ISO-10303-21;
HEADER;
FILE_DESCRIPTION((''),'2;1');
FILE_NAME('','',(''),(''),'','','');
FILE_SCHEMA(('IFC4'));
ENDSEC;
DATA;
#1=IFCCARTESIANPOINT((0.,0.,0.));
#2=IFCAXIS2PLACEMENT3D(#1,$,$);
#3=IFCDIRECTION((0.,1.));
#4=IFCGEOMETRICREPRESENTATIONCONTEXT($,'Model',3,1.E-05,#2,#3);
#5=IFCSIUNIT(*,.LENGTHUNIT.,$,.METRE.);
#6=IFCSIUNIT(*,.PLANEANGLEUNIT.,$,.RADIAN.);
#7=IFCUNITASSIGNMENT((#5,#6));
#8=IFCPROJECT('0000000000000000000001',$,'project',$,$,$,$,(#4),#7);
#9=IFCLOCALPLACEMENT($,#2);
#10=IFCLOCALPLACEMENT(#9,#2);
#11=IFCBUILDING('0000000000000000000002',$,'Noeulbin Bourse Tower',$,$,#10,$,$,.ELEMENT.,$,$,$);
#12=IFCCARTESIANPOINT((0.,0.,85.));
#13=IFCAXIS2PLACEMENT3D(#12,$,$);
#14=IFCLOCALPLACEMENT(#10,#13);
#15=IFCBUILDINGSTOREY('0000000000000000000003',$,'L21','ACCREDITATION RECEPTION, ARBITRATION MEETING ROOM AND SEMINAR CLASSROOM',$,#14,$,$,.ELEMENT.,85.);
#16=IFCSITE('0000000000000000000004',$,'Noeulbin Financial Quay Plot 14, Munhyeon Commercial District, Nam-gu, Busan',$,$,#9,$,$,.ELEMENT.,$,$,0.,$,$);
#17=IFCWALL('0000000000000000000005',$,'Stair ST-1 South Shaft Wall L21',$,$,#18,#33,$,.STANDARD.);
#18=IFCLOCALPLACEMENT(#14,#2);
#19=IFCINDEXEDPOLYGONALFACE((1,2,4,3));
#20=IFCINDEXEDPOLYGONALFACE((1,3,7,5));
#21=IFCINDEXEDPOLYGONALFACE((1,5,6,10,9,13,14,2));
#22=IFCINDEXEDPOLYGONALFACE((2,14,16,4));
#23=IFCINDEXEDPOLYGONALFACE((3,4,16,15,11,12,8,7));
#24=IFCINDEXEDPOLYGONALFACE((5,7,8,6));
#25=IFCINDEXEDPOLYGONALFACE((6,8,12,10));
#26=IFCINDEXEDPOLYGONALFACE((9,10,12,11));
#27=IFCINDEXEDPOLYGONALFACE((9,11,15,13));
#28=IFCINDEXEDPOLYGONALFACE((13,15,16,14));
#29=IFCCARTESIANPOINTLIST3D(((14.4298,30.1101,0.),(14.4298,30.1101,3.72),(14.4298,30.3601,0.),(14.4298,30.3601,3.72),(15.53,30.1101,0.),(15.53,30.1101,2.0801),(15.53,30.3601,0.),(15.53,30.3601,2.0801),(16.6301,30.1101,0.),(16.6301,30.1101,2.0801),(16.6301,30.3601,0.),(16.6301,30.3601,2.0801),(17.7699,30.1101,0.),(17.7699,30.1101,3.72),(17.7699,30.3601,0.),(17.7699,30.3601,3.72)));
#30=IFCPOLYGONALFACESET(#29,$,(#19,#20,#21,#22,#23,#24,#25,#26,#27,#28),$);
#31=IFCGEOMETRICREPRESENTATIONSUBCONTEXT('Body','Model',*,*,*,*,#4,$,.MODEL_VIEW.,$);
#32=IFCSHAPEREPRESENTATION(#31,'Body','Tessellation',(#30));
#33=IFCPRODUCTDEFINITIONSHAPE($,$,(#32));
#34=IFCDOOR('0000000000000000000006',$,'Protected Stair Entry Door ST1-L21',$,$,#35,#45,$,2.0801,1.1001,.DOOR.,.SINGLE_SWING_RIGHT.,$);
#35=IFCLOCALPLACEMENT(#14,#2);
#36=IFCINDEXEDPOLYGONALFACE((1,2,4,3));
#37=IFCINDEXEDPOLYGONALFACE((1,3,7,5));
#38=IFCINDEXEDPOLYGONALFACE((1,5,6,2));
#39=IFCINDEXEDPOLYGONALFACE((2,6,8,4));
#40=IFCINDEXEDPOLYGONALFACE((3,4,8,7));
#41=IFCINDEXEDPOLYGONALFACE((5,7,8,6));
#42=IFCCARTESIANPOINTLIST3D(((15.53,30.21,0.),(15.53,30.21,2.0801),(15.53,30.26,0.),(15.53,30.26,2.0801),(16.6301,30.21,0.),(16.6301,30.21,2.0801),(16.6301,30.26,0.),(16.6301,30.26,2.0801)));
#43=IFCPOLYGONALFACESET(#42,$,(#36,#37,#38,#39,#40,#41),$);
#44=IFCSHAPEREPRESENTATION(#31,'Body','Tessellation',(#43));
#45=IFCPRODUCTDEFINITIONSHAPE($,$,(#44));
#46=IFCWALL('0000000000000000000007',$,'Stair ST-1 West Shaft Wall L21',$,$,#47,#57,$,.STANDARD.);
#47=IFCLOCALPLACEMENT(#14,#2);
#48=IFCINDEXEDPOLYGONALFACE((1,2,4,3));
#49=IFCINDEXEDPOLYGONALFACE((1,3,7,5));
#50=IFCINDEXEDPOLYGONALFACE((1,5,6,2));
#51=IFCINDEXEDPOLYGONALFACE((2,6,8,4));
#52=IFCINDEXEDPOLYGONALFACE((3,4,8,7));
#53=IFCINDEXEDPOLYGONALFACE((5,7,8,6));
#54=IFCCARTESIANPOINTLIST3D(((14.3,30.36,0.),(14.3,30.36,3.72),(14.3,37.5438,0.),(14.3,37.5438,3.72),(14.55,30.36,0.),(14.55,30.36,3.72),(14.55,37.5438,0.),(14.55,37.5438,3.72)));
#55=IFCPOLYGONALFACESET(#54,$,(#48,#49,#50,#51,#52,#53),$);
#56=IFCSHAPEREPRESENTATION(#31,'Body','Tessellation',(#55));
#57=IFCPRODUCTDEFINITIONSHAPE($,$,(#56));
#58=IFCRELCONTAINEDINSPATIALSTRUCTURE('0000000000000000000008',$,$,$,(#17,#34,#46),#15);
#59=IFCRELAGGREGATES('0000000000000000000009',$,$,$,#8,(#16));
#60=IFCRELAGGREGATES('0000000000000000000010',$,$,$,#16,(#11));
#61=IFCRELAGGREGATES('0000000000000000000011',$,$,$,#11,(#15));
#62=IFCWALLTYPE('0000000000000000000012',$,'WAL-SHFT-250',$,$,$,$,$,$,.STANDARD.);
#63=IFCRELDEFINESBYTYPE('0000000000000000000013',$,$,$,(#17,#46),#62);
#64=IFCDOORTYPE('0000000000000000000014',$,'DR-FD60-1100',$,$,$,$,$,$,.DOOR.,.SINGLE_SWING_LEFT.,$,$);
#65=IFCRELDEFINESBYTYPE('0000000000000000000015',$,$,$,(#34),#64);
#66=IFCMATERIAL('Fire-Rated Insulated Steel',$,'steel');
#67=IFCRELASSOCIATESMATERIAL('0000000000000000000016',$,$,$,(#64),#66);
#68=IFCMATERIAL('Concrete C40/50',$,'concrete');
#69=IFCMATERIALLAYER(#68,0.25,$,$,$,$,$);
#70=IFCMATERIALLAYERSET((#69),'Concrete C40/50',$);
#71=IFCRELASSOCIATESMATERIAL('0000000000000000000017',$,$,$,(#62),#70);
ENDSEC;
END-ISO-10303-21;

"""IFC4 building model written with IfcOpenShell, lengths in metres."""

from ifc_helpers import new_model, si_unit, direction, frame, frame_2d, origin, place, context, subcontext, project, spatial, rectangle, extrude, material, layer, layer_set, type_object, element, fill, save


model = new_model("IFC4")

# Units and contexts
model_context = context("Model", 3, precision=1e-05, world=origin(), true_north=direction((0.0, 1.0)))
body_context = subcontext(model_context, "Body", "Model", "MODEL_VIEW")
ifc_project = project(units=[si_unit("LENGTHUNIT", "METRE"), si_unit("PLANEANGLEUNIT", "RADIAN")], contexts=[model_context])

# Site, building, storey
site_placement = place(None, origin())
site = spatial("IfcSite", under=ifc_project, at=site_placement, Name="Noeulbin Financial Quay Plot 14, Munhyeon Commercial District, Nam-gu, Busan", CompositionType="ELEMENT", RefElevation=0.0)
building_placement = place(site_placement, origin())
building = spatial("IfcBuilding", under=site, at=building_placement, Name="Noeulbin Bourse Tower", CompositionType="ELEMENT")
storey_placement = place(building_placement, frame((0.0, 0.0, 85.0)))
storey = spatial("IfcBuildingStorey", under=building, at=storey_placement, Name="L21", Description="ACCREDITATION RECEPTION, ARBITRATION MEETING ROOM AND SEMINAR CLASSROOM", CompositionType="ELEMENT", Elevation=85.0)

# Shared definitions
ifc_material_1 = material(Name="Fire-Rated Insulated Steel", Category="steel")
door_type_1 = type_object("IfcDoorType", Name="DR-FD60-1100", OperationType="SINGLE_SWING_LEFT", PredefinedType="DOOR", material=ifc_material_1)

# Wall, opening, door
ifc_material_2 = material(Name="Concrete C40/50", Category="concrete")
ifc_layer_1 = layer(ifc_material_2, 0.25)
ifc_layer_set_1 = layer_set([ifc_layer_1], Name="Concrete C40/50")
wall_type_1 = type_object("IfcWallType", Name="WAL-SHFT-250", PredefinedType="STANDARD", material=ifc_layer_set_1)
wall_1_placement = place(storey_placement, frame((14.4299, 30.2351, 0.0), z_axis=(0.0, 0.0, 1.0), x_axis=(1.0, 0.0, 0.0)))
wall_1 = element("IfcWall", 1, at=wall_1_placement, inside=storey, type_object=wall_type_1, Name="Stair ST-1 South Shaft Wall L21", PredefinedType="STANDARD", context=body_context, shape_type="SweptSolid", body=[
    extrude(rectangle(XDim=3.3401, YDim=0.25, at=frame_2d((1.6699, 0.0))), origin(), (0.0, 0.0, 1.0), 3.72),
])
opening_1_placement = place(wall_1_placement, frame((1.1001, 0.0, 0.0)))
opening_1 = element("IfcOpeningElement", 2, at=opening_1_placement, cuts=wall_1, PredefinedType="OPENING", context=body_context, shape_type="SweptSolid", body=[
    extrude(rectangle(XDim=1.1001, YDim=2.0801, at=frame_2d((0.55, 1.04))), frame((0.0, 0.135, 0.0), z_axis=(0.0, -1.0, 0.0), x_axis=(1.0, 0.0, 0.0)), (0.0, 0.0, 1.0), 0.27),
])
door_1_placement = place(opening_1_placement, origin())
door_1 = element("IfcDoor", 3, at=door_1_placement, inside=storey, type_object=door_type_1, Name="Protected Stair Entry Door ST1-L21", OperationType="SINGLE_SWING_RIGHT", OverallHeight=2.0801, OverallWidth=1.1001, PredefinedType="DOOR", context=body_context, shape_type="SweptSolid", body=[
    extrude(rectangle(XDim=1.1001, YDim=2.0801, at=frame_2d((0.55, 1.04))), frame((0.0, 0.0249, 0.0), z_axis=(0.0, -1.0, 0.0), x_axis=(1.0, 0.0, 0.0)), (0.0, 0.0, 1.0), 0.05),
])
fill(opening_1, door_1)

# Wall
wall_2_placement = place(storey_placement, frame((14.425, 30.3601, 0.0), z_axis=(0.0, 0.0, 1.0), x_axis=(0.0, 1.0, 0.0)))
element("IfcWall", 4, at=wall_2_placement, inside=storey, type_object=wall_type_1, Name="Stair ST-1 West Shaft Wall L21", PredefinedType="STANDARD", context=body_context, shape_type="SweptSolid", body=[
    extrude(rectangle(XDim=7.1838, YDim=0.25, at=frame_2d((3.5918, 0.0))), origin(), (0.0, 0.0, 1.0), 3.72),
])

save(model, "model.ifc")
